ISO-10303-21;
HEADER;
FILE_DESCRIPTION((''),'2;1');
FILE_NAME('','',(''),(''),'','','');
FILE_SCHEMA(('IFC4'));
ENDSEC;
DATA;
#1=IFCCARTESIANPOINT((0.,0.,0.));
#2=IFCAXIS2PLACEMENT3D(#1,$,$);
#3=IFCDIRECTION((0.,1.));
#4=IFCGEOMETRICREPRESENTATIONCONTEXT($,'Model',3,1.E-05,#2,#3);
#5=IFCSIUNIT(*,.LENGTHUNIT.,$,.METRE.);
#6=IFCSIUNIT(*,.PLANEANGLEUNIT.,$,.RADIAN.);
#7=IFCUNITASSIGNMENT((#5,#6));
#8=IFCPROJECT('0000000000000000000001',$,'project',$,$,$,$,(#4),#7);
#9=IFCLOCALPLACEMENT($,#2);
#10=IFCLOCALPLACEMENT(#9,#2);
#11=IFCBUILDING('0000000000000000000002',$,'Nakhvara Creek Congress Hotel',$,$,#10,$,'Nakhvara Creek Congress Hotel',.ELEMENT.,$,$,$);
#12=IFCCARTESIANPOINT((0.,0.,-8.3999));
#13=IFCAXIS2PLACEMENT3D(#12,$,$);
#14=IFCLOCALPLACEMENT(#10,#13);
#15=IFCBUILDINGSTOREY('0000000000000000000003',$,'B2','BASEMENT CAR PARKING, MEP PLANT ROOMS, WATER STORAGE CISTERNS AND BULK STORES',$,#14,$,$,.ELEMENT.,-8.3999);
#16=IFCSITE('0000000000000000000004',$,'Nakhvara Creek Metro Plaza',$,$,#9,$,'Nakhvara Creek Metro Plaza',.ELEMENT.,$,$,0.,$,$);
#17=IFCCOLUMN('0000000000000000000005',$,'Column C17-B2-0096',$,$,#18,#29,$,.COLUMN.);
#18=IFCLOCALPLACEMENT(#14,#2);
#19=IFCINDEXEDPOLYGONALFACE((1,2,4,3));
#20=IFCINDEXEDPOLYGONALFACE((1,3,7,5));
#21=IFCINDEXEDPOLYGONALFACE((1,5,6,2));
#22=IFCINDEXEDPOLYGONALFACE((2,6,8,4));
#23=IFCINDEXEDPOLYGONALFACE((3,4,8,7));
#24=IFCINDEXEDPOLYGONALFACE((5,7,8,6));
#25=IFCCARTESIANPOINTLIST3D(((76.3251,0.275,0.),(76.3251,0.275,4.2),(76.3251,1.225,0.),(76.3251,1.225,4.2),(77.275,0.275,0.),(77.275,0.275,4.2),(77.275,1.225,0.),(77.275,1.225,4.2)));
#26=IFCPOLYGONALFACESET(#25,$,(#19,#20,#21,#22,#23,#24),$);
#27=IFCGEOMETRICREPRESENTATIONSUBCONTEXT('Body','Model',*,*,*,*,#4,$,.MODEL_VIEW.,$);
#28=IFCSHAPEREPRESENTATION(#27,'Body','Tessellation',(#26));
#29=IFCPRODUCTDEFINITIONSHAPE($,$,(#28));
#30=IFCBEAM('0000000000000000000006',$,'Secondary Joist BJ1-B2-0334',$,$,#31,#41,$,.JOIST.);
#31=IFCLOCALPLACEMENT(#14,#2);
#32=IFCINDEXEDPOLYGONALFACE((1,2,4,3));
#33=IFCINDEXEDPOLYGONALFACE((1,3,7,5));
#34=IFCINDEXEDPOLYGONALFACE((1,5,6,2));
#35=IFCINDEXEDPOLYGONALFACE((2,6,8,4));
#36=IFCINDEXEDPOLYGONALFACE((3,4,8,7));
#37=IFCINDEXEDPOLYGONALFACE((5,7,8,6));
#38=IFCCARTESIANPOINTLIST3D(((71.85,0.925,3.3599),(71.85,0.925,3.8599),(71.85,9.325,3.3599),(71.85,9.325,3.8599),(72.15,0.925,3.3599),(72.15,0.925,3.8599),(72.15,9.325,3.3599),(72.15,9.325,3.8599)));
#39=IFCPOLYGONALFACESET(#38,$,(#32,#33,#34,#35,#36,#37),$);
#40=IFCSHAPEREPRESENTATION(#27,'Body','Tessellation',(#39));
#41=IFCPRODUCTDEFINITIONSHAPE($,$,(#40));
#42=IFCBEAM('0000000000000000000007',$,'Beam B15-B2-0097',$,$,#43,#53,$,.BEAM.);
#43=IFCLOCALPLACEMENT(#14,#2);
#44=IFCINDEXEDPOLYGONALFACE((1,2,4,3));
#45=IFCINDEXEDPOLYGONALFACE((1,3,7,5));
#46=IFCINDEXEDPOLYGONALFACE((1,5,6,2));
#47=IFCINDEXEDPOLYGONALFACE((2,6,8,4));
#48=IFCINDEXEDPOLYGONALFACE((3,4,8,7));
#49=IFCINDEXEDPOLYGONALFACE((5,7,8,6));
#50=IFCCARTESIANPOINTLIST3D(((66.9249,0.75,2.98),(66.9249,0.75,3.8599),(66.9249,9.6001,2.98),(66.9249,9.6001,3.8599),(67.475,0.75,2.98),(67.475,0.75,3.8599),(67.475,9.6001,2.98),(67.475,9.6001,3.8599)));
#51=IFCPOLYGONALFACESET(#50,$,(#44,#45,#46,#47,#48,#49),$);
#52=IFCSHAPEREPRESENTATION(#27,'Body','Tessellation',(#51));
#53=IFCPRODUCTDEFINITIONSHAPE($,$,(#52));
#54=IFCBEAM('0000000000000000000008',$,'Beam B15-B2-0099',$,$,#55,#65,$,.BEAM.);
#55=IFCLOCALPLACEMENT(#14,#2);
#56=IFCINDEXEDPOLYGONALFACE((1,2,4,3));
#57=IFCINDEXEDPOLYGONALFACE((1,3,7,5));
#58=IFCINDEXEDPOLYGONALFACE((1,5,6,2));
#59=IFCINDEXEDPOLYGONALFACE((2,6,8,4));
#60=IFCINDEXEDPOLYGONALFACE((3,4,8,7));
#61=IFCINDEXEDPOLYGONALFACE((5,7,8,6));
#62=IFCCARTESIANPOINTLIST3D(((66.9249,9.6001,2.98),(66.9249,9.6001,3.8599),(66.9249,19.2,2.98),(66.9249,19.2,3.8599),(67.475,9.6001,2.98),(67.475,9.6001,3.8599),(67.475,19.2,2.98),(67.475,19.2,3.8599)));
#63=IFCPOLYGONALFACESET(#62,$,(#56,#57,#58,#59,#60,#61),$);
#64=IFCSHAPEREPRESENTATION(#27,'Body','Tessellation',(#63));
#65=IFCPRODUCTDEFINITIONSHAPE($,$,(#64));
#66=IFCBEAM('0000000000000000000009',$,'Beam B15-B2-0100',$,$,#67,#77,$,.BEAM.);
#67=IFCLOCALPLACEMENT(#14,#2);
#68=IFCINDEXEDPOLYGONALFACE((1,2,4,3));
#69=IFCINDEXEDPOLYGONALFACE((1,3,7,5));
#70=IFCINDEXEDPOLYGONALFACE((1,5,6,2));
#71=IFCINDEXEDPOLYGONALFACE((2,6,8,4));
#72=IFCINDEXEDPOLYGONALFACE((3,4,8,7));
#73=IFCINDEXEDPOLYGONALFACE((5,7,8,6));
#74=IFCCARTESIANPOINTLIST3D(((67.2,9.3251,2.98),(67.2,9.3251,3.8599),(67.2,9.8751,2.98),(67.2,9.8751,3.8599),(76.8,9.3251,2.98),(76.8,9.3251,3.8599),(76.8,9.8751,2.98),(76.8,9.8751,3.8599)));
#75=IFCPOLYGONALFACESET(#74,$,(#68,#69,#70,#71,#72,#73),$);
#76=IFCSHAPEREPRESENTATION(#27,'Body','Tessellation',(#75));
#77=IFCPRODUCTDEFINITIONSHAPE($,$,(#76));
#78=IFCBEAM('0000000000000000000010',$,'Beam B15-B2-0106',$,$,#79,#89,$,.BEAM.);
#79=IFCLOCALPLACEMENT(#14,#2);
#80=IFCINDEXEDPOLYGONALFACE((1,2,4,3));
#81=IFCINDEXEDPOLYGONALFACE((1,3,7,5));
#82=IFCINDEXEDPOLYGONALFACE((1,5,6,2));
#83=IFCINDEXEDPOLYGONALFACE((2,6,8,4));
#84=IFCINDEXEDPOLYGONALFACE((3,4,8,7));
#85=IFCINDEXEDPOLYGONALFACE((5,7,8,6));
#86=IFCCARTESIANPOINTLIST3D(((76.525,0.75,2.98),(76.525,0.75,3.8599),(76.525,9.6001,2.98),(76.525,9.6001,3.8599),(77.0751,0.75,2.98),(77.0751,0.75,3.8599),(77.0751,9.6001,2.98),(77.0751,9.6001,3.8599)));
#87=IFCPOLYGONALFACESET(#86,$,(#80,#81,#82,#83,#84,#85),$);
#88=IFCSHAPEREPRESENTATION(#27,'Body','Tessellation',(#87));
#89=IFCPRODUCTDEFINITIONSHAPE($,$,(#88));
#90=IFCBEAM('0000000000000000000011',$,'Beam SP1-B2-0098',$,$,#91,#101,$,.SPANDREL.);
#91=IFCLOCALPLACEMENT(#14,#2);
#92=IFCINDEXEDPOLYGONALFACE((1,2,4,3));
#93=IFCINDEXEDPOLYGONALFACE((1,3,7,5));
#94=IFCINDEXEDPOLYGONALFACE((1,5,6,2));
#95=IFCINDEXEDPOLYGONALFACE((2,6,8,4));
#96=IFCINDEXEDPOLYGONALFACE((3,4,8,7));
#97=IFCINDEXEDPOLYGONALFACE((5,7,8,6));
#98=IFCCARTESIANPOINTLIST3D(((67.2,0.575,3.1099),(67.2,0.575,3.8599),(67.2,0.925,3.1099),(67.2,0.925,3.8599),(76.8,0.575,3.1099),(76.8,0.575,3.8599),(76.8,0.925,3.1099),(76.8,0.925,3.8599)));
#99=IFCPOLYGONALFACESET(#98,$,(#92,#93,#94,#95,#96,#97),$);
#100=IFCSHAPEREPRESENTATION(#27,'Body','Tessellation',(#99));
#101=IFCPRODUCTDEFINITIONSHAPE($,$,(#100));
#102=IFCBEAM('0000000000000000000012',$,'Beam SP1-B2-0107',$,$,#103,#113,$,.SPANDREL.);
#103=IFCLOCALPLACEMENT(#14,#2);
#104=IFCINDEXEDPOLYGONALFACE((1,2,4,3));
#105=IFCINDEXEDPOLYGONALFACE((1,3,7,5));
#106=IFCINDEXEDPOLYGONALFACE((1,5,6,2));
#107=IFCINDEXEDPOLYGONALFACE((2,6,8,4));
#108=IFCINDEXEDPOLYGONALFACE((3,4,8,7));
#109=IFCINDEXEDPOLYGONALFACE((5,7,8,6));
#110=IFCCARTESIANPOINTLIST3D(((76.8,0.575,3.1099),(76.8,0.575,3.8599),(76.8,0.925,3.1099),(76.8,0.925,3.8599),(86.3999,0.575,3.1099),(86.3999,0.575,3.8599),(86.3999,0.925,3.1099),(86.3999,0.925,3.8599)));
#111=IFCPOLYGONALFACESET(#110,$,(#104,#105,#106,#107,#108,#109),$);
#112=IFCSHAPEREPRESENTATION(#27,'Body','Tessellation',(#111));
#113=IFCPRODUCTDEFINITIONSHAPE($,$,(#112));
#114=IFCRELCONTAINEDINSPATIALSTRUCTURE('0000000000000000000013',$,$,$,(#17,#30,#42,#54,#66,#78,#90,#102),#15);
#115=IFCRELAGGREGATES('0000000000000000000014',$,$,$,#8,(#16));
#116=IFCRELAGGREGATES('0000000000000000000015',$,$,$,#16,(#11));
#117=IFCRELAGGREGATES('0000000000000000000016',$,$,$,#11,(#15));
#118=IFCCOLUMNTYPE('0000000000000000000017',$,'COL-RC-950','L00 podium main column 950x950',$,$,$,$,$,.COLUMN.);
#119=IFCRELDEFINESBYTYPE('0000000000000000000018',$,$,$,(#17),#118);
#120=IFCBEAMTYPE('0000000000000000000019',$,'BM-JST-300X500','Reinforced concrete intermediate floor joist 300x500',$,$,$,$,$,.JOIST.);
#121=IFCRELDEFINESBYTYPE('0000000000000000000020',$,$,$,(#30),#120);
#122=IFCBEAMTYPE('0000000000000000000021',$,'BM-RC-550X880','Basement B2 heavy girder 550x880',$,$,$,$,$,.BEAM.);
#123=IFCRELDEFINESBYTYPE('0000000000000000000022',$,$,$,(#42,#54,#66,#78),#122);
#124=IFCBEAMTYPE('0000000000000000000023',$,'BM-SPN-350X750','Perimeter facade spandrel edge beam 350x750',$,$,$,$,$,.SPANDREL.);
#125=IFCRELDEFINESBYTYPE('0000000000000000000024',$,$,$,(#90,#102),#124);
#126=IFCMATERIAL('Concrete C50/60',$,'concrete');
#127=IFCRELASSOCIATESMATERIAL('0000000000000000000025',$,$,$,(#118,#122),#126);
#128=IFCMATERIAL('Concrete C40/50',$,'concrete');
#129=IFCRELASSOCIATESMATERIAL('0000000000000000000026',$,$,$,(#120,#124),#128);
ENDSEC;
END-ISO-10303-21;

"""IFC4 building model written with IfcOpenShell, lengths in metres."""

from ifc_helpers import new_model, si_unit, direction, frame, origin, origin_2d, place, context, subcontext, project, spatial, rectangle, extrude, material, material_profile, profile_set, type_object, element, save


model = new_model("IFC4")

# Units and contexts
model_context = context("Model", 3, precision=1e-05, world=origin(), true_north=direction((0.0, 1.0)))
body_context = subcontext(model_context, "Body", "Model", "MODEL_VIEW")
ifc_project = project(units=[si_unit("LENGTHUNIT", "METRE"), si_unit("PLANEANGLEUNIT", "RADIAN")], contexts=[model_context])

# Site, building, storey
site_placement = place(None, origin())
site = spatial("IfcSite", under=ifc_project, at=site_placement, Name="Nakhvara Creek Metro Plaza", LongName="Nakhvara Creek Metro Plaza", CompositionType="ELEMENT", RefElevation=0.0)
building_placement = place(site_placement, origin())
building = spatial("IfcBuilding", under=site, at=building_placement, Name="Nakhvara Creek Congress Hotel", LongName="Nakhvara Creek Congress Hotel", CompositionType="ELEMENT")
storey_placement = place(building_placement, frame((0.0, 0.0, -8.3999)))
storey = spatial("IfcBuildingStorey", under=building, at=storey_placement, Name="B2", Description="BASEMENT CAR PARKING, MEP PLANT ROOMS, WATER STORAGE CISTERNS AND BULK STORES", CompositionType="ELEMENT", Elevation=-8.3999)

# Shared definitions
ifc_material_1 = material(Name="Concrete C40/50", Category="concrete")

# Column
ifc_material_2 = material(Name="Concrete C50/60", Category="concrete")
ifc_material_profile_1 = material_profile(ifc_material_2, rectangle(XDim=0.95, YDim=0.95, at=origin_2d()), Name="RC-COL 950x950", Category="LoadBearing")
ifc_profile_set_1 = profile_set([ifc_material_profile_1], Name="Concrete C50/60")
column_type_1 = type_object("IfcColumnType", Name="COL-RC-950", Description="L00 podium main column 950x950", PredefinedType="COLUMN", material=ifc_profile_set_1)
for number, where, z_axis, x_axis, name in (
    (1, (76.8, 0.75, 0.0), (0.0, 0.0, 1.0), (1.0, 0.0, 0.0), "Column C17-B2-0096"),
):
    element("IfcColumn", number, at=place(storey_placement, frame(where, z_axis=z_axis, x_axis=x_axis)), inside=storey, type_object=column_type_1, Name=name, PredefinedType="COLUMN", context=body_context, shape_type="SweptSolid", body=[
        extrude(rectangle(XDim=0.95, YDim=0.95, at=origin_2d()), origin(), (0.0, 0.0, 1.0), 4.2),
    ])

# Beams
ifc_material_profile_2 = material_profile(ifc_material_1, rectangle(XDim=0.3, YDim=0.5, at=origin_2d()), Name="RC-BM 300x500", Category="LoadBearing")
ifc_profile_set_2 = profile_set([ifc_material_profile_2], Name="Concrete C40/50")
beam_type_1 = type_object("IfcBeamType", Name="BM-JST-300X500", Description="Reinforced concrete intermediate floor joist 300x500", PredefinedType="JOIST", material=ifc_profile_set_2)
beam_1_placement = place(storey_placement, frame((72.0, 0.925, 3.6099), z_axis=(0.0, 1.0, 0.0), x_axis=(-1.0, 0.0, 0.0)))
element("IfcBeam", 2, at=beam_1_placement, inside=storey, type_object=beam_type_1, Name="Secondary Joist BJ1-B2-0334", PredefinedType="JOIST", context=body_context, shape_type="SweptSolid", body=[
    extrude(rectangle(XDim=0.3, YDim=0.5, at=origin_2d()), origin(), (0.0, 0.0, 1.0), 8.3999),
])
ifc_material_profile_3 = material_profile(ifc_material_2, rectangle(XDim=0.55, YDim=0.8799, at=origin_2d()), Name="RC-BM 550x880", Category="LoadBearing")
ifc_profile_set_3 = profile_set([ifc_material_profile_3], Name="Concrete C50/60")
beam_type_2 = type_object("IfcBeamType", Name="BM-RC-550X880", Description="Basement B2 heavy girder 550x880", PredefinedType="BEAM", material=ifc_profile_set_3)
beam_2_placement = place(storey_placement, frame((67.2, 0.75, 3.4199), z_axis=(0.0, 1.0, 0.0), x_axis=(-1.0, 0.0, 0.0)))
element("IfcBeam", 3, at=beam_2_placement, inside=storey, type_object=beam_type_2, Name="Beam B15-B2-0097", PredefinedType="BEAM", context=body_context, shape_type="SweptSolid", body=[
    extrude(rectangle(XDim=0.55, YDim=0.8799, at=origin_2d()), origin(), (0.0, 0.0, 1.0), 8.8501),
])
beam_3_placement = place(storey_placement, frame((67.2, 9.6001, 3.4199), z_axis=(0.0, 1.0, 0.0), x_axis=(-1.0, 0.0, 0.0)))
element("IfcBeam", 4, at=beam_3_placement, inside=storey, type_object=beam_type_2, Name="Beam B15-B2-0099", PredefinedType="BEAM", context=body_context, shape_type="SweptSolid", body=[
    extrude(rectangle(XDim=0.55, YDim=0.8799, at=origin_2d()), origin(), (0.0, 0.0, 1.0), 9.5999),
])
beam_4_placement = place(storey_placement, frame((67.2, 9.6001, 3.4199), z_axis=(1.0, 0.0, 0.0), x_axis=(0.0, 1.0, 0.0)))
element("IfcBeam", 5, at=beam_4_placement, inside=storey, type_object=beam_type_2, Name="Beam B15-B2-0100", PredefinedType="BEAM", context=body_context, shape_type="SweptSolid", body=[
    extrude(rectangle(XDim=0.55, YDim=0.8799, at=origin_2d()), origin(), (0.0, 0.0, 1.0), 9.6001),
])
beam_5_placement = place(storey_placement, frame((76.8, 0.75, 3.4199), z_axis=(0.0, 1.0, 0.0), x_axis=(-1.0, 0.0, 0.0)))
element("IfcBeam", 6, at=beam_5_placement, inside=storey, type_object=beam_type_2, Name="Beam B15-B2-0106", PredefinedType="BEAM", context=body_context, shape_type="SweptSolid", body=[
    extrude(rectangle(XDim=0.55, YDim=0.8799, at=origin_2d()), origin(), (0.0, 0.0, 1.0), 8.8501),
])
ifc_material_profile_4 = material_profile(ifc_material_1, rectangle(XDim=0.3501, YDim=0.75, at=origin_2d()), Name="RC-SPANDREL 350x750", Category="LoadBearing")
ifc_profile_set_4 = profile_set([ifc_material_profile_4], Name="Concrete C40/50")
beam_type_3 = type_object("IfcBeamType", Name="BM-SPN-350X750", Description="Perimeter facade spandrel edge beam 350x750", PredefinedType="SPANDREL", material=ifc_profile_set_4)
beam_6_placement = place(storey_placement, frame((67.2, 0.75, 3.4849), z_axis=(1.0, 0.0, 0.0), x_axis=(0.0, 1.0, 0.0)))
element("IfcBeam", 7, at=beam_6_placement, inside=storey, type_object=beam_type_3, Name="Beam SP1-B2-0098", PredefinedType="SPANDREL", context=body_context, shape_type="SweptSolid", body=[
    extrude(rectangle(XDim=0.3501, YDim=0.75, at=origin_2d()), origin(), (0.0, 0.0, 1.0), 9.6001),
])
beam_7_placement = place(storey_placement, frame((76.8, 0.75, 3.4849), z_axis=(1.0, 0.0, 0.0), x_axis=(0.0, 1.0, 0.0)))
element("IfcBeam", 8, at=beam_7_placement, inside=storey, type_object=beam_type_3, Name="Beam SP1-B2-0107", PredefinedType="SPANDREL", context=body_context, shape_type="SweptSolid", body=[
    extrude(rectangle(XDim=0.3501, YDim=0.75, at=origin_2d()), origin(), (0.0, 0.0, 1.0), 9.5999),
])

save(model, "model.ifc")
